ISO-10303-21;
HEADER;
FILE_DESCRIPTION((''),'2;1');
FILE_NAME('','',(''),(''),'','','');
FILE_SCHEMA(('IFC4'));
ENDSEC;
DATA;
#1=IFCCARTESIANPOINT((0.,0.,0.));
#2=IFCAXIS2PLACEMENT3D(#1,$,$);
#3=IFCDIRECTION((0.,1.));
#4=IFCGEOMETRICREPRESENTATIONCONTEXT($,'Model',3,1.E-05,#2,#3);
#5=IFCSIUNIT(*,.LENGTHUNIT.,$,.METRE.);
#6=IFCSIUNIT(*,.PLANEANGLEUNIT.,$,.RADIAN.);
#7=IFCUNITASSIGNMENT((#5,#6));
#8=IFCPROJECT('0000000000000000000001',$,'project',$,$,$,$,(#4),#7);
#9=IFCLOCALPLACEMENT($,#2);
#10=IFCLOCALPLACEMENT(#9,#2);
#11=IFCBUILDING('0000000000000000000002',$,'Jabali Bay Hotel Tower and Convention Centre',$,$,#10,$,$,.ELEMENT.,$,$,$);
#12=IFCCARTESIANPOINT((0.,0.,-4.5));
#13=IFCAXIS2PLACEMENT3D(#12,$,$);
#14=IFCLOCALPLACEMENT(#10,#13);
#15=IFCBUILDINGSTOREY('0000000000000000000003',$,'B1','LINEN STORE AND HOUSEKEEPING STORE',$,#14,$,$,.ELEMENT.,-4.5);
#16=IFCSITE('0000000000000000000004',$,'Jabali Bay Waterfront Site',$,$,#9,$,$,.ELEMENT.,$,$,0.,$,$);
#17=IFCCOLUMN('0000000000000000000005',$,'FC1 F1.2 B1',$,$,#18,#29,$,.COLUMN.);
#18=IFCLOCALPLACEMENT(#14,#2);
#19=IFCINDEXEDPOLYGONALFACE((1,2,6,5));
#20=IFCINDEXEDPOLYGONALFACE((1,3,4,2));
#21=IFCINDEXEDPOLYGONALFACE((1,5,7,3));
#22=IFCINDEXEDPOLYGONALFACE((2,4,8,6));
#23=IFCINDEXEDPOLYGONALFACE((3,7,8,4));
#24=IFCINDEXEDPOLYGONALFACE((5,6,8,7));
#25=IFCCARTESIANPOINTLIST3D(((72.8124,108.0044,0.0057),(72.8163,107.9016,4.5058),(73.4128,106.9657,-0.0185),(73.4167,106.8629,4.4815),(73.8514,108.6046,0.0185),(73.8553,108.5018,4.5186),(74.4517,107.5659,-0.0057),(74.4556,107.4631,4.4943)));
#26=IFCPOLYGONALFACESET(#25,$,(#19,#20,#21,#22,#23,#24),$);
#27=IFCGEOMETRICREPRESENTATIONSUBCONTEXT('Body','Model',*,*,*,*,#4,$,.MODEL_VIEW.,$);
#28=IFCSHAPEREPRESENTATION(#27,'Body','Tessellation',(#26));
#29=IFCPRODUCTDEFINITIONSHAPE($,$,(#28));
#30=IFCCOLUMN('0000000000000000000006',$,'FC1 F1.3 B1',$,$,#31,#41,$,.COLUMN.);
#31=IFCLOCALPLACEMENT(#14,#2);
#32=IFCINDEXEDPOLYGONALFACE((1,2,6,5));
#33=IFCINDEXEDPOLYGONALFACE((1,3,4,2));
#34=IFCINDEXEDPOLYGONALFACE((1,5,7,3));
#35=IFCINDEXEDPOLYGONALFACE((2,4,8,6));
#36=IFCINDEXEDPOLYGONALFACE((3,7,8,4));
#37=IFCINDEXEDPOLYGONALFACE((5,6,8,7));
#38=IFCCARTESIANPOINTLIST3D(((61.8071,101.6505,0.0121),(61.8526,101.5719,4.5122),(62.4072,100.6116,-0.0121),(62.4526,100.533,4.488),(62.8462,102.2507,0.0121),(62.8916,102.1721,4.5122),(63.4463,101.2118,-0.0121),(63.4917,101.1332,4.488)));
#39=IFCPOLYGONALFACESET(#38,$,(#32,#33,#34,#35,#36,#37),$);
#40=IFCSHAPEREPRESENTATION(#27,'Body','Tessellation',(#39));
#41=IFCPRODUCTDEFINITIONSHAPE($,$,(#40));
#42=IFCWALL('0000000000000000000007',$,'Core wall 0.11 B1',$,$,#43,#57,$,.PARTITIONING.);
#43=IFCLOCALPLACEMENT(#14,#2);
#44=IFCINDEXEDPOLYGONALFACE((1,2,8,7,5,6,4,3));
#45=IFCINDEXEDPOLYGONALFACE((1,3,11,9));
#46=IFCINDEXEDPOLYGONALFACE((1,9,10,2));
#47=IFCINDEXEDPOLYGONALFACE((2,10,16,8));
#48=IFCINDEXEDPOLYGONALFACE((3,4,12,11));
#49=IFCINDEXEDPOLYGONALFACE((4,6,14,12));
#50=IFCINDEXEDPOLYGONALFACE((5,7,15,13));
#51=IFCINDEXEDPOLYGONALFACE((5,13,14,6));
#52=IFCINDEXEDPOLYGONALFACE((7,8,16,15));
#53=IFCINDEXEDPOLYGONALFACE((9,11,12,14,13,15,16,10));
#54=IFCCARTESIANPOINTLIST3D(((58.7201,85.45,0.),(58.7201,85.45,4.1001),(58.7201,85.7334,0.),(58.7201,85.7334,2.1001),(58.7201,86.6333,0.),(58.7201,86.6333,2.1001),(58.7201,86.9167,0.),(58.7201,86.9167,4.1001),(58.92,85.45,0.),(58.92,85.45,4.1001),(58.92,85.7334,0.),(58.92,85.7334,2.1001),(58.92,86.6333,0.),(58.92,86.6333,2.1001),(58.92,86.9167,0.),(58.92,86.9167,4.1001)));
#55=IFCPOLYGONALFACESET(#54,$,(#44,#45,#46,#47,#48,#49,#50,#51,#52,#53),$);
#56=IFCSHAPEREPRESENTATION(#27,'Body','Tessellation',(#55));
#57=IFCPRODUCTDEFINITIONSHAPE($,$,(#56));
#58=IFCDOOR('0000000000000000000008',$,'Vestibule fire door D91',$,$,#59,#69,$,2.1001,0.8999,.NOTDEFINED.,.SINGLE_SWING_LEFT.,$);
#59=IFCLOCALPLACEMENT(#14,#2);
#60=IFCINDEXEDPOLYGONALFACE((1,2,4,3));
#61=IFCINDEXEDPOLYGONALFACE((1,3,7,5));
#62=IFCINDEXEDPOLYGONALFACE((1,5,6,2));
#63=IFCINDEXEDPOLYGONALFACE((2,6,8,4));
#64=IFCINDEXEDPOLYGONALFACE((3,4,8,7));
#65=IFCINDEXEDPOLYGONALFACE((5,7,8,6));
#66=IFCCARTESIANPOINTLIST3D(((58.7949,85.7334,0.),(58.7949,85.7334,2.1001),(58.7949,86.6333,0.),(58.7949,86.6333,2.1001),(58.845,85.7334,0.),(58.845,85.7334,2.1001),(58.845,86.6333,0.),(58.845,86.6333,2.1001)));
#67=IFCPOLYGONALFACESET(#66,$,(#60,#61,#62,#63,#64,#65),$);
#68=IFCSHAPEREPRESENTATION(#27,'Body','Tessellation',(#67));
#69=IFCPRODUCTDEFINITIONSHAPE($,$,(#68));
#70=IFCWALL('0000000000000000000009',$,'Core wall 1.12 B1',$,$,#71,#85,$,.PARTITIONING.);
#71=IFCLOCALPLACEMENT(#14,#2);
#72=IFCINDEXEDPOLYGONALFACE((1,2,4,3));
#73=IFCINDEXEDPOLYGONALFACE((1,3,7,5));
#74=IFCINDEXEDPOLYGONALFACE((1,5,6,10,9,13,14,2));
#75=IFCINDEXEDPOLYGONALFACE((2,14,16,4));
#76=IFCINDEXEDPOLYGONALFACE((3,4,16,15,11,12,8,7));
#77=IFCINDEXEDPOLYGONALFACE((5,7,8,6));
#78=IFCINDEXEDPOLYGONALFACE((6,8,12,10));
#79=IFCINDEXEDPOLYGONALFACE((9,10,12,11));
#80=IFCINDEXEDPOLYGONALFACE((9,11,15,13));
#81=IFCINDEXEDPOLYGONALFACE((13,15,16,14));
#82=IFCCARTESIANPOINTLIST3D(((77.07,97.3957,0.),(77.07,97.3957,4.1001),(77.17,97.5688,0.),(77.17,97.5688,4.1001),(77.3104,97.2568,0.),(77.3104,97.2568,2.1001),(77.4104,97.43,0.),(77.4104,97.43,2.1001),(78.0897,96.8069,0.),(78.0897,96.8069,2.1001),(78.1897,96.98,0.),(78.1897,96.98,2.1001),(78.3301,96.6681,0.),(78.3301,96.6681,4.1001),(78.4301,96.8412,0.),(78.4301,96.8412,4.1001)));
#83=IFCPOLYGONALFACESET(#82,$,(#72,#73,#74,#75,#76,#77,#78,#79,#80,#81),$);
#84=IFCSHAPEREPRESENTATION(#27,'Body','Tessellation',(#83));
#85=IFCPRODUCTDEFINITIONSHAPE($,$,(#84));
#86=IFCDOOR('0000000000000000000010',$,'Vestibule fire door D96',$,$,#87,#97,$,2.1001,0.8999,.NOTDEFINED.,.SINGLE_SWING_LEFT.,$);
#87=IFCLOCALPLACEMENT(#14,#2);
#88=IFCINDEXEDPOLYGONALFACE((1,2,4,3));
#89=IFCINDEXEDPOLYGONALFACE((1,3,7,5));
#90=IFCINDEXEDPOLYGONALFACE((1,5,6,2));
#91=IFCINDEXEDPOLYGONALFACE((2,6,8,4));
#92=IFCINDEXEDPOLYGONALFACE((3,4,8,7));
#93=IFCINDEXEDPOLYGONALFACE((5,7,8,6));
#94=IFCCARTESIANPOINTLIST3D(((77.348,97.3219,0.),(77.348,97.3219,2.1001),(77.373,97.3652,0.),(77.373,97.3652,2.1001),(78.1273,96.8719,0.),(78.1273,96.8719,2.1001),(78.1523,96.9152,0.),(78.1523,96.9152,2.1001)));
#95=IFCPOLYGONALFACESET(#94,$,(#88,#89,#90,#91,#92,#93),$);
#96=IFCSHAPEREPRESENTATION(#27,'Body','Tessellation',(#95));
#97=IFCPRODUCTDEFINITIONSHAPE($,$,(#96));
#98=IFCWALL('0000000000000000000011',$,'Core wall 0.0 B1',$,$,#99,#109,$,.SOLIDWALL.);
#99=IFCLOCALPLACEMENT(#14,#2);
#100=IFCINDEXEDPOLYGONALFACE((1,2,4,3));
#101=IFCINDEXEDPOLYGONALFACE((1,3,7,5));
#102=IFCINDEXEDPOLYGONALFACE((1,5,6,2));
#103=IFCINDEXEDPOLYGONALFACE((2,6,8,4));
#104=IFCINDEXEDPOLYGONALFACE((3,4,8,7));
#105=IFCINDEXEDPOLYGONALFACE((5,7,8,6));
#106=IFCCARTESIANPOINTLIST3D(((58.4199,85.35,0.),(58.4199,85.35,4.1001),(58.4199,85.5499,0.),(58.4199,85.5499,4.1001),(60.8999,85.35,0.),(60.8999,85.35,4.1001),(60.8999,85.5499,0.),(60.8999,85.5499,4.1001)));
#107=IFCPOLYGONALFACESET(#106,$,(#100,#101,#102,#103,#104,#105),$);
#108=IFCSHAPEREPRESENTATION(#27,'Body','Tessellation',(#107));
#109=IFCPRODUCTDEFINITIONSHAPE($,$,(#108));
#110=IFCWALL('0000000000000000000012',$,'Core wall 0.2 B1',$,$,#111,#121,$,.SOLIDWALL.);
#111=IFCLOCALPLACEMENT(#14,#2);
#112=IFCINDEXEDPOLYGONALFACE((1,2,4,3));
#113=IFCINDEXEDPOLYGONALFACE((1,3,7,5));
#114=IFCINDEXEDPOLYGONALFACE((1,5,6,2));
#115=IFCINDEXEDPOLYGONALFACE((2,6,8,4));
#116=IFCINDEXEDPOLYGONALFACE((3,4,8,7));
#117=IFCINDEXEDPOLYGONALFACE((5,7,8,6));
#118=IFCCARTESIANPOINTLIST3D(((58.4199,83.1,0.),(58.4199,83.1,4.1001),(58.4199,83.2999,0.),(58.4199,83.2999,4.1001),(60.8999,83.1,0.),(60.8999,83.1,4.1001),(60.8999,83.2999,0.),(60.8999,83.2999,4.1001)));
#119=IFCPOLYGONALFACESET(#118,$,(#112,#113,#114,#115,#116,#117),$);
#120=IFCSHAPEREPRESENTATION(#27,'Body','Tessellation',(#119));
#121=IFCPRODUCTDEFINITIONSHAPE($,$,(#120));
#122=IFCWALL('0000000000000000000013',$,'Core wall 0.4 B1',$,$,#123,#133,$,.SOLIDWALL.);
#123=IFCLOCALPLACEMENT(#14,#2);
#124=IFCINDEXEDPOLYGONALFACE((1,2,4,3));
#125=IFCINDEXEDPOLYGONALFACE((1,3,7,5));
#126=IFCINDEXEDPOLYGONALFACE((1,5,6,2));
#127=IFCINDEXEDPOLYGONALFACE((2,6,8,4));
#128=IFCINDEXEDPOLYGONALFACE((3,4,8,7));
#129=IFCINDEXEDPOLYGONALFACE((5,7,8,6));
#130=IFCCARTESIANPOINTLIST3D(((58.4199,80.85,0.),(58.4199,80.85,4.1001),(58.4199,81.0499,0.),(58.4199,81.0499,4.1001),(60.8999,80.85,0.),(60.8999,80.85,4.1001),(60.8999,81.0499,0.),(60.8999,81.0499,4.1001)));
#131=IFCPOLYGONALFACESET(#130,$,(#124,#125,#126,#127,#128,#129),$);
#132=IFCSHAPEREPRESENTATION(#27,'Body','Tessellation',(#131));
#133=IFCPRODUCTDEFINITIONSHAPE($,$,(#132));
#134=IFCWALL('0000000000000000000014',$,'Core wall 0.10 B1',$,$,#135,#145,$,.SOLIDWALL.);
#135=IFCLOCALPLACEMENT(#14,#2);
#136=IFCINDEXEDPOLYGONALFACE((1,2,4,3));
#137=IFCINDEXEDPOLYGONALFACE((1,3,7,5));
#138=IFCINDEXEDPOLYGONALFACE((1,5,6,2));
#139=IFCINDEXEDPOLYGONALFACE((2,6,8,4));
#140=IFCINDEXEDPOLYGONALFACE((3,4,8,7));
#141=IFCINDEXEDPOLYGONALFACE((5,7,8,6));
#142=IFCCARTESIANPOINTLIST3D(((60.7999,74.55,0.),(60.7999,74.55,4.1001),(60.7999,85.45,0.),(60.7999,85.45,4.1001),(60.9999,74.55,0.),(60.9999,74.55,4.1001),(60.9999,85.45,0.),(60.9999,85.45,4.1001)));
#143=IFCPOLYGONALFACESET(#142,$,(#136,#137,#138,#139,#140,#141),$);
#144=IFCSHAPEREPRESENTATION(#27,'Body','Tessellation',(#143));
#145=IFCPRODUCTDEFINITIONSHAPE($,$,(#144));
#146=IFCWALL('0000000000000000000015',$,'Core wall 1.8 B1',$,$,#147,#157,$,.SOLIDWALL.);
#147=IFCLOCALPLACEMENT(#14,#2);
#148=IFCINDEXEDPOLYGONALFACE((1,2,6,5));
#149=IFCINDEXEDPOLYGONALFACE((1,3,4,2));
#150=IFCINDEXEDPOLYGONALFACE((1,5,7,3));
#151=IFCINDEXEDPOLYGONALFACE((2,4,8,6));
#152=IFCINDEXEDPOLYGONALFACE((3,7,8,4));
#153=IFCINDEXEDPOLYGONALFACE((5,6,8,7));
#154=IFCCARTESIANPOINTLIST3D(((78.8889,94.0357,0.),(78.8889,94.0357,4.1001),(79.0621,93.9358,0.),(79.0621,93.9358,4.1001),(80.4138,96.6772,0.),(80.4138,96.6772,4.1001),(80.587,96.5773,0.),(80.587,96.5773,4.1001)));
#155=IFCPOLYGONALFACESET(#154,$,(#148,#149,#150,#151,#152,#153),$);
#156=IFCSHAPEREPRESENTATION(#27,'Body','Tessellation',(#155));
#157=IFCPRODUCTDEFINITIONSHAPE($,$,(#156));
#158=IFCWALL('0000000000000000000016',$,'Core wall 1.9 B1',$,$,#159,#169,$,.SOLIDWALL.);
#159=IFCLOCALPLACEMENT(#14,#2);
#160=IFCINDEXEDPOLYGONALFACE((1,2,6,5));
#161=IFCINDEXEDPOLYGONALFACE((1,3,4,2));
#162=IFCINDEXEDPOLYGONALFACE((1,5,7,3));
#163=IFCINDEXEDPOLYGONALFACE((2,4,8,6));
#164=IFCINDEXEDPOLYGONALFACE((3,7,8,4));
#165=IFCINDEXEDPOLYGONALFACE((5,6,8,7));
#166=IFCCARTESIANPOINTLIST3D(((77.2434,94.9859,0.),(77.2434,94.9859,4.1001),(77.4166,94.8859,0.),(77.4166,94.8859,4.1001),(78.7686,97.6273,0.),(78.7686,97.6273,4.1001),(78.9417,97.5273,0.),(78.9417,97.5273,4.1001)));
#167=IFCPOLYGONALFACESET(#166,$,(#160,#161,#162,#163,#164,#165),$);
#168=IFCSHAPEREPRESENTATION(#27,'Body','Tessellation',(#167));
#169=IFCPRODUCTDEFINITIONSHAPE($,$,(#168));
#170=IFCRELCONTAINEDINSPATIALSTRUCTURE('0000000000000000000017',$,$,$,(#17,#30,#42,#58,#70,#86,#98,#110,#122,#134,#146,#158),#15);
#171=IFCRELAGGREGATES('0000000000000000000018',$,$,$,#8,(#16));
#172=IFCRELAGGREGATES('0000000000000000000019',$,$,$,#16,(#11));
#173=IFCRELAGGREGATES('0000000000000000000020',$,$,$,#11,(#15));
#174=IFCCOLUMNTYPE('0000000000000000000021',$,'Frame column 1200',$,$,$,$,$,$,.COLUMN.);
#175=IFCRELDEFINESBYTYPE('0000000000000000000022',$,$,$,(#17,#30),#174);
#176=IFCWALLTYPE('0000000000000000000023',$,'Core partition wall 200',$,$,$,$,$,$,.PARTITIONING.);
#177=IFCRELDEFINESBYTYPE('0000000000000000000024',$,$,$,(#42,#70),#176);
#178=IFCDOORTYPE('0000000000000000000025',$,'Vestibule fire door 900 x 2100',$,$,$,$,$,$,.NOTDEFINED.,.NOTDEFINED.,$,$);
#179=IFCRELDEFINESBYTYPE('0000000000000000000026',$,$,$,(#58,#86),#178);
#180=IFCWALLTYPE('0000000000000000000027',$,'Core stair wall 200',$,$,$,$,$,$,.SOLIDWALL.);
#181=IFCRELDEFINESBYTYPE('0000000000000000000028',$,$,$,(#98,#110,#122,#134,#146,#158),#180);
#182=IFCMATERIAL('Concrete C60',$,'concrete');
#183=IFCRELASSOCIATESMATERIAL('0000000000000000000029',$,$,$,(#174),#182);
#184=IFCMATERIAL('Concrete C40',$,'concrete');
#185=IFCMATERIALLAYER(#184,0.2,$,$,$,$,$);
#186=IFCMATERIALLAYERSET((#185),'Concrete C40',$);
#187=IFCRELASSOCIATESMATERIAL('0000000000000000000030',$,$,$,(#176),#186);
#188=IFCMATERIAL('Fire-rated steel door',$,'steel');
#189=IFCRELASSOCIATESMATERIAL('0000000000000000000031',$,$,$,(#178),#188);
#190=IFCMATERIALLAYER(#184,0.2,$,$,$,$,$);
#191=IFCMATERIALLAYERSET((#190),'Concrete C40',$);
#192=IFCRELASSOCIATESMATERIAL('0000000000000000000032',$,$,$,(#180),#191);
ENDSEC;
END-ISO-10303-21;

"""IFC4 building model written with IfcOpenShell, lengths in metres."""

from ifc_helpers import new_model, si_unit, direction, frame, frame_2d, origin, origin_2d, place, context, subcontext, project, spatial, rectangle, extrude, material, layer, layer_set, material_profile, profile_set, type_object, element, fill, save


model = new_model("IFC4")

# Units and contexts
model_context = context("Model", 3, precision=1e-05, world=origin(), true_north=direction((0.0, 1.0)))
body_context = subcontext(model_context, "Body", "Model", "MODEL_VIEW")
ifc_project = project(units=[si_unit("LENGTHUNIT", "METRE"), si_unit("PLANEANGLEUNIT", "RADIAN")], contexts=[model_context])

# Site, building, storey
site_placement = place(None, origin())
site = spatial("IfcSite", under=ifc_project, at=site_placement, Name="Jabali Bay Waterfront Site", CompositionType="ELEMENT", RefElevation=0.0)
building_placement = place(site_placement, origin())
building = spatial("IfcBuilding", under=site, at=building_placement, Name="Jabali Bay Hotel Tower and Convention Centre", CompositionType="ELEMENT")
storey_placement = place(building_placement, frame((0.0, 0.0, -4.5)))
storey = spatial("IfcBuildingStorey", under=building, at=storey_placement, Name="B1", Description="LINEN STORE AND HOUSEKEEPING STORE", CompositionType="ELEMENT", Elevation=-4.5)

# Columns
ifc_material_1 = material(Name="Concrete C60", Category="concrete")
ifc_material_profile = material_profile(ifc_material_1, rectangle(XDim=1.2, YDim=1.2, at=origin_2d()), Name="Frame column 1200")
ifc_profile_set = profile_set([ifc_material_profile], Name="Concrete C60")
column_type = type_object("IfcColumnType", Name="Frame column 1200", PredefinedType="COLUMN", material=ifc_profile_set)
column_1_placement = place(storey_placement, frame((73.6321, 107.7852, 0.0), z_axis=(0.000868, -0.022835, 0.999739), x_axis=(0.86584, 0.500207, 0.010673)))
element("IfcColumn", 1, at=column_1_placement, inside=storey, type_object=column_type, Name="FC1 F1.2 B1", PredefinedType="COLUMN", context=body_context, shape_type="SweptSolid", body=[
    extrude(rectangle(XDim=1.2, YDim=1.2, at=origin_2d()), origin(), (0.0, 0.0, 1.0), 4.5012),
])
column_2_placement = place(storey_placement, frame((62.6267, 101.4312, 0.0), z_axis=(0.010089, -0.017466, 0.999797), x_axis=(0.865915, 0.500191, 0.0)))
element("IfcColumn", 2, at=column_2_placement, inside=storey, type_object=column_type, Name="FC1 F1.3 B1", PredefinedType="COLUMN", context=body_context, shape_type="SweptSolid", body=[
    extrude(rectangle(XDim=1.2, YDim=1.2, at=origin_2d()), origin(), (0.0, 0.0, 1.0), 4.501),
])

# Walls, openings, doors
ifc_material_2 = material(Name="Concrete C40", Category="concrete")
ifc_layer_1 = layer(ifc_material_2, 0.2)
ifc_layer_set_1 = layer_set([ifc_layer_1], Name="Concrete C40")
wall_type_1 = type_object("IfcWallType", Name="Core partition wall 200", PredefinedType="PARTITIONING", material=ifc_layer_set_1)
wall_1_placement = place(storey_placement, frame((58.8201, 86.9167, 0.0), z_axis=(0.0, 0.0, 1.0), x_axis=(0.0, -1.0, 0.0)))
wall_1 = element("IfcWall", 3, at=wall_1_placement, inside=storey, type_object=wall_type_1, Name="Core wall 0.11 B1", PredefinedType="PARTITIONING", context=body_context, shape_type="SweptSolid", body=[
    extrude(rectangle(XDim=1.4668, YDim=0.2, at=frame_2d((0.7334, 0.0))), origin(), (0.0, 0.0, 1.0), 4.1001),
])
opening_1_placement = place(wall_1_placement, frame((0.2834, 0.0, 0.0)))
opening_1 = element("IfcOpeningElement", 4, at=opening_1_placement, cuts=wall_1, PredefinedType="OPENING", context=body_context, shape_type="SweptSolid", body=[
    extrude(rectangle(XDim=0.8999, YDim=2.1001, at=frame_2d((0.45, 1.05))), frame((0.0, 0.1104, 0.0), z_axis=(0.0, -1.0, 0.0), x_axis=(1.0, 0.0, 0.0)), (0.0, 0.0, 1.0), 0.2209),
])
ifc_material_3 = material(Name="Fire-rated steel door", Category="steel")
door_type_1 = type_object("IfcDoorType", Name="Vestibule fire door 900 x 2100", OperationType="NOTDEFINED", PredefinedType="NOTDEFINED", material=ifc_material_3)
door_1_placement = place(opening_1_placement, origin())
door_1 = element("IfcDoor", 5, at=door_1_placement, inside=storey, type_object=door_type_1, Name="Vestibule fire door D91", OperationType="SINGLE_SWING_LEFT", OverallHeight=2.1001, OverallWidth=0.8999, PredefinedType="NOTDEFINED", context=body_context, shape_type="SweptSolid", body=[
    extrude(rectangle(XDim=0.8999, YDim=2.1001, at=frame_2d((0.45, 1.05))), frame((0.0, 0.0249, 0.0), z_axis=(0.0, -1.0, 0.0), x_axis=(1.0, 0.0, 0.0)), (0.0, 0.0, 1.0), 0.05),
])
fill(opening_1, door_1)
wall_2_placement = place(storey_placement, frame((78.3801, 96.7546, 0.0), z_axis=(0.0, 0.0, 1.0), x_axis=(-0.866004, 0.500037, 0.0)))
wall_2 = element("IfcWall", 6, at=wall_2_placement, inside=storey, type_object=wall_type_1, Name="Core wall 1.12 B1", PredefinedType="PARTITIONING", context=body_context, shape_type="SweptSolid", body=[
    extrude(rectangle(XDim=1.4551, YDim=0.2, at=frame_2d((0.7275, 0.0))), origin(), (0.0, 0.0, 1.0), 4.1001),
])
opening_2_placement = place(wall_2_placement, frame((0.2776, 0.0, 0.0)))
opening_2 = element("IfcOpeningElement", 7, at=opening_2_placement, cuts=wall_2, PredefinedType="OPENING", context=body_context, shape_type="SweptSolid", body=[
    extrude(rectangle(XDim=0.8999, YDim=2.1001, at=frame_2d((0.45, 1.05))), frame((0.0, 0.1104, 0.0), z_axis=(0.0, -1.0, 0.0), x_axis=(1.0, 0.0, 0.0)), (0.0, 0.0, 1.0), 0.2209),
])
door_2_placement = place(opening_2_placement, origin())
door_2 = element("IfcDoor", 8, at=door_2_placement, inside=storey, type_object=door_type_1, Name="Vestibule fire door D96", OperationType="SINGLE_SWING_LEFT", OverallHeight=2.1001, OverallWidth=0.8999, PredefinedType="NOTDEFINED", context=body_context, shape_type="SweptSolid", body=[
    extrude(rectangle(XDim=0.8999, YDim=2.1001, at=frame_2d((0.45, 1.05))), frame((0.0, 0.0249, 0.0), z_axis=(0.0, -1.0, 0.0), x_axis=(1.0, 0.0, 0.0)), (0.0, 0.0, 1.0), 0.05),
])
fill(opening_2, door_2)

# Walls
ifc_layer_2 = layer(ifc_material_2, 0.2)
ifc_layer_set_2 = layer_set([ifc_layer_2], Name="Concrete C40")
wall_type_2 = type_object("IfcWallType", Name="Core stair wall 200", PredefinedType="SOLIDWALL", material=ifc_layer_set_2)
for number, where, z_axis, x_axis, name in (
    (9, (60.8999, 85.45, 0.0), (0.0, 0.0, 1.0), (-1.0, 0.0, 0.0), "Core wall 0.0 B1"),
    (10, (60.8999, 83.2, 0.0), (0.0, 0.0, 1.0), (-1.0, 0.0, 0.0), "Core wall 0.2 B1"),
    (11, (60.8999, 80.95, 0.0), (0.0, 0.0, 1.0), (-1.0, 0.0, 0.0), "Core wall 0.4 B1"),
):
    element("IfcWall", number, at=place(storey_placement, frame(where, z_axis=z_axis, x_axis=x_axis)), inside=storey, type_object=wall_type_2, Name=name, PredefinedType="SOLIDWALL", context=body_context, shape_type="SweptSolid", body=[
        extrude(rectangle(XDim=2.48, YDim=0.2, at=frame_2d((1.24, 0.0))), origin(), (0.0, 0.0, 1.0), 4.1001),
    ])
wall_3_placement = place(storey_placement, frame((60.8999, 85.45, 0.0), z_axis=(0.0, 0.0, 1.0), x_axis=(0.0, -1.0, 0.0)))
element("IfcWall", 12, at=wall_3_placement, inside=storey, type_object=wall_type_2, Name="Core wall 0.10 B1", PredefinedType="SOLIDWALL", context=body_context, shape_type="SweptSolid", body=[
    extrude(rectangle(XDim=10.8999, YDim=0.2, at=frame_2d((5.45, 0.0))), origin(), (0.0, 0.0, 1.0), 4.1001),
])
for number, where, z_axis, x_axis, name in (
    (13, (78.9756, 93.9858, 0.0), (0.0, 0.0, 1.0), (0.499944, 0.866058, 0.0), "Core wall 1.8 B1"),
    (14, (77.3301, 94.936, 0.0), (0.0, 0.0, 1.0), (0.500039, 0.866003, 0.0), "Core wall 1.9 B1"),
):
    element("IfcWall", number, at=place(storey_placement, frame(where, z_axis=z_axis, x_axis=x_axis)), inside=storey, type_object=wall_type_2, Name=name, PredefinedType="SOLIDWALL", context=body_context, shape_type="SweptSolid", body=[
        extrude(rectangle(XDim=3.05, YDim=0.2, at=frame_2d((1.5249, 0.0))), origin(), (0.0, 0.0, 1.0), 4.1001),
    ])

save(model, "model.ifc")
